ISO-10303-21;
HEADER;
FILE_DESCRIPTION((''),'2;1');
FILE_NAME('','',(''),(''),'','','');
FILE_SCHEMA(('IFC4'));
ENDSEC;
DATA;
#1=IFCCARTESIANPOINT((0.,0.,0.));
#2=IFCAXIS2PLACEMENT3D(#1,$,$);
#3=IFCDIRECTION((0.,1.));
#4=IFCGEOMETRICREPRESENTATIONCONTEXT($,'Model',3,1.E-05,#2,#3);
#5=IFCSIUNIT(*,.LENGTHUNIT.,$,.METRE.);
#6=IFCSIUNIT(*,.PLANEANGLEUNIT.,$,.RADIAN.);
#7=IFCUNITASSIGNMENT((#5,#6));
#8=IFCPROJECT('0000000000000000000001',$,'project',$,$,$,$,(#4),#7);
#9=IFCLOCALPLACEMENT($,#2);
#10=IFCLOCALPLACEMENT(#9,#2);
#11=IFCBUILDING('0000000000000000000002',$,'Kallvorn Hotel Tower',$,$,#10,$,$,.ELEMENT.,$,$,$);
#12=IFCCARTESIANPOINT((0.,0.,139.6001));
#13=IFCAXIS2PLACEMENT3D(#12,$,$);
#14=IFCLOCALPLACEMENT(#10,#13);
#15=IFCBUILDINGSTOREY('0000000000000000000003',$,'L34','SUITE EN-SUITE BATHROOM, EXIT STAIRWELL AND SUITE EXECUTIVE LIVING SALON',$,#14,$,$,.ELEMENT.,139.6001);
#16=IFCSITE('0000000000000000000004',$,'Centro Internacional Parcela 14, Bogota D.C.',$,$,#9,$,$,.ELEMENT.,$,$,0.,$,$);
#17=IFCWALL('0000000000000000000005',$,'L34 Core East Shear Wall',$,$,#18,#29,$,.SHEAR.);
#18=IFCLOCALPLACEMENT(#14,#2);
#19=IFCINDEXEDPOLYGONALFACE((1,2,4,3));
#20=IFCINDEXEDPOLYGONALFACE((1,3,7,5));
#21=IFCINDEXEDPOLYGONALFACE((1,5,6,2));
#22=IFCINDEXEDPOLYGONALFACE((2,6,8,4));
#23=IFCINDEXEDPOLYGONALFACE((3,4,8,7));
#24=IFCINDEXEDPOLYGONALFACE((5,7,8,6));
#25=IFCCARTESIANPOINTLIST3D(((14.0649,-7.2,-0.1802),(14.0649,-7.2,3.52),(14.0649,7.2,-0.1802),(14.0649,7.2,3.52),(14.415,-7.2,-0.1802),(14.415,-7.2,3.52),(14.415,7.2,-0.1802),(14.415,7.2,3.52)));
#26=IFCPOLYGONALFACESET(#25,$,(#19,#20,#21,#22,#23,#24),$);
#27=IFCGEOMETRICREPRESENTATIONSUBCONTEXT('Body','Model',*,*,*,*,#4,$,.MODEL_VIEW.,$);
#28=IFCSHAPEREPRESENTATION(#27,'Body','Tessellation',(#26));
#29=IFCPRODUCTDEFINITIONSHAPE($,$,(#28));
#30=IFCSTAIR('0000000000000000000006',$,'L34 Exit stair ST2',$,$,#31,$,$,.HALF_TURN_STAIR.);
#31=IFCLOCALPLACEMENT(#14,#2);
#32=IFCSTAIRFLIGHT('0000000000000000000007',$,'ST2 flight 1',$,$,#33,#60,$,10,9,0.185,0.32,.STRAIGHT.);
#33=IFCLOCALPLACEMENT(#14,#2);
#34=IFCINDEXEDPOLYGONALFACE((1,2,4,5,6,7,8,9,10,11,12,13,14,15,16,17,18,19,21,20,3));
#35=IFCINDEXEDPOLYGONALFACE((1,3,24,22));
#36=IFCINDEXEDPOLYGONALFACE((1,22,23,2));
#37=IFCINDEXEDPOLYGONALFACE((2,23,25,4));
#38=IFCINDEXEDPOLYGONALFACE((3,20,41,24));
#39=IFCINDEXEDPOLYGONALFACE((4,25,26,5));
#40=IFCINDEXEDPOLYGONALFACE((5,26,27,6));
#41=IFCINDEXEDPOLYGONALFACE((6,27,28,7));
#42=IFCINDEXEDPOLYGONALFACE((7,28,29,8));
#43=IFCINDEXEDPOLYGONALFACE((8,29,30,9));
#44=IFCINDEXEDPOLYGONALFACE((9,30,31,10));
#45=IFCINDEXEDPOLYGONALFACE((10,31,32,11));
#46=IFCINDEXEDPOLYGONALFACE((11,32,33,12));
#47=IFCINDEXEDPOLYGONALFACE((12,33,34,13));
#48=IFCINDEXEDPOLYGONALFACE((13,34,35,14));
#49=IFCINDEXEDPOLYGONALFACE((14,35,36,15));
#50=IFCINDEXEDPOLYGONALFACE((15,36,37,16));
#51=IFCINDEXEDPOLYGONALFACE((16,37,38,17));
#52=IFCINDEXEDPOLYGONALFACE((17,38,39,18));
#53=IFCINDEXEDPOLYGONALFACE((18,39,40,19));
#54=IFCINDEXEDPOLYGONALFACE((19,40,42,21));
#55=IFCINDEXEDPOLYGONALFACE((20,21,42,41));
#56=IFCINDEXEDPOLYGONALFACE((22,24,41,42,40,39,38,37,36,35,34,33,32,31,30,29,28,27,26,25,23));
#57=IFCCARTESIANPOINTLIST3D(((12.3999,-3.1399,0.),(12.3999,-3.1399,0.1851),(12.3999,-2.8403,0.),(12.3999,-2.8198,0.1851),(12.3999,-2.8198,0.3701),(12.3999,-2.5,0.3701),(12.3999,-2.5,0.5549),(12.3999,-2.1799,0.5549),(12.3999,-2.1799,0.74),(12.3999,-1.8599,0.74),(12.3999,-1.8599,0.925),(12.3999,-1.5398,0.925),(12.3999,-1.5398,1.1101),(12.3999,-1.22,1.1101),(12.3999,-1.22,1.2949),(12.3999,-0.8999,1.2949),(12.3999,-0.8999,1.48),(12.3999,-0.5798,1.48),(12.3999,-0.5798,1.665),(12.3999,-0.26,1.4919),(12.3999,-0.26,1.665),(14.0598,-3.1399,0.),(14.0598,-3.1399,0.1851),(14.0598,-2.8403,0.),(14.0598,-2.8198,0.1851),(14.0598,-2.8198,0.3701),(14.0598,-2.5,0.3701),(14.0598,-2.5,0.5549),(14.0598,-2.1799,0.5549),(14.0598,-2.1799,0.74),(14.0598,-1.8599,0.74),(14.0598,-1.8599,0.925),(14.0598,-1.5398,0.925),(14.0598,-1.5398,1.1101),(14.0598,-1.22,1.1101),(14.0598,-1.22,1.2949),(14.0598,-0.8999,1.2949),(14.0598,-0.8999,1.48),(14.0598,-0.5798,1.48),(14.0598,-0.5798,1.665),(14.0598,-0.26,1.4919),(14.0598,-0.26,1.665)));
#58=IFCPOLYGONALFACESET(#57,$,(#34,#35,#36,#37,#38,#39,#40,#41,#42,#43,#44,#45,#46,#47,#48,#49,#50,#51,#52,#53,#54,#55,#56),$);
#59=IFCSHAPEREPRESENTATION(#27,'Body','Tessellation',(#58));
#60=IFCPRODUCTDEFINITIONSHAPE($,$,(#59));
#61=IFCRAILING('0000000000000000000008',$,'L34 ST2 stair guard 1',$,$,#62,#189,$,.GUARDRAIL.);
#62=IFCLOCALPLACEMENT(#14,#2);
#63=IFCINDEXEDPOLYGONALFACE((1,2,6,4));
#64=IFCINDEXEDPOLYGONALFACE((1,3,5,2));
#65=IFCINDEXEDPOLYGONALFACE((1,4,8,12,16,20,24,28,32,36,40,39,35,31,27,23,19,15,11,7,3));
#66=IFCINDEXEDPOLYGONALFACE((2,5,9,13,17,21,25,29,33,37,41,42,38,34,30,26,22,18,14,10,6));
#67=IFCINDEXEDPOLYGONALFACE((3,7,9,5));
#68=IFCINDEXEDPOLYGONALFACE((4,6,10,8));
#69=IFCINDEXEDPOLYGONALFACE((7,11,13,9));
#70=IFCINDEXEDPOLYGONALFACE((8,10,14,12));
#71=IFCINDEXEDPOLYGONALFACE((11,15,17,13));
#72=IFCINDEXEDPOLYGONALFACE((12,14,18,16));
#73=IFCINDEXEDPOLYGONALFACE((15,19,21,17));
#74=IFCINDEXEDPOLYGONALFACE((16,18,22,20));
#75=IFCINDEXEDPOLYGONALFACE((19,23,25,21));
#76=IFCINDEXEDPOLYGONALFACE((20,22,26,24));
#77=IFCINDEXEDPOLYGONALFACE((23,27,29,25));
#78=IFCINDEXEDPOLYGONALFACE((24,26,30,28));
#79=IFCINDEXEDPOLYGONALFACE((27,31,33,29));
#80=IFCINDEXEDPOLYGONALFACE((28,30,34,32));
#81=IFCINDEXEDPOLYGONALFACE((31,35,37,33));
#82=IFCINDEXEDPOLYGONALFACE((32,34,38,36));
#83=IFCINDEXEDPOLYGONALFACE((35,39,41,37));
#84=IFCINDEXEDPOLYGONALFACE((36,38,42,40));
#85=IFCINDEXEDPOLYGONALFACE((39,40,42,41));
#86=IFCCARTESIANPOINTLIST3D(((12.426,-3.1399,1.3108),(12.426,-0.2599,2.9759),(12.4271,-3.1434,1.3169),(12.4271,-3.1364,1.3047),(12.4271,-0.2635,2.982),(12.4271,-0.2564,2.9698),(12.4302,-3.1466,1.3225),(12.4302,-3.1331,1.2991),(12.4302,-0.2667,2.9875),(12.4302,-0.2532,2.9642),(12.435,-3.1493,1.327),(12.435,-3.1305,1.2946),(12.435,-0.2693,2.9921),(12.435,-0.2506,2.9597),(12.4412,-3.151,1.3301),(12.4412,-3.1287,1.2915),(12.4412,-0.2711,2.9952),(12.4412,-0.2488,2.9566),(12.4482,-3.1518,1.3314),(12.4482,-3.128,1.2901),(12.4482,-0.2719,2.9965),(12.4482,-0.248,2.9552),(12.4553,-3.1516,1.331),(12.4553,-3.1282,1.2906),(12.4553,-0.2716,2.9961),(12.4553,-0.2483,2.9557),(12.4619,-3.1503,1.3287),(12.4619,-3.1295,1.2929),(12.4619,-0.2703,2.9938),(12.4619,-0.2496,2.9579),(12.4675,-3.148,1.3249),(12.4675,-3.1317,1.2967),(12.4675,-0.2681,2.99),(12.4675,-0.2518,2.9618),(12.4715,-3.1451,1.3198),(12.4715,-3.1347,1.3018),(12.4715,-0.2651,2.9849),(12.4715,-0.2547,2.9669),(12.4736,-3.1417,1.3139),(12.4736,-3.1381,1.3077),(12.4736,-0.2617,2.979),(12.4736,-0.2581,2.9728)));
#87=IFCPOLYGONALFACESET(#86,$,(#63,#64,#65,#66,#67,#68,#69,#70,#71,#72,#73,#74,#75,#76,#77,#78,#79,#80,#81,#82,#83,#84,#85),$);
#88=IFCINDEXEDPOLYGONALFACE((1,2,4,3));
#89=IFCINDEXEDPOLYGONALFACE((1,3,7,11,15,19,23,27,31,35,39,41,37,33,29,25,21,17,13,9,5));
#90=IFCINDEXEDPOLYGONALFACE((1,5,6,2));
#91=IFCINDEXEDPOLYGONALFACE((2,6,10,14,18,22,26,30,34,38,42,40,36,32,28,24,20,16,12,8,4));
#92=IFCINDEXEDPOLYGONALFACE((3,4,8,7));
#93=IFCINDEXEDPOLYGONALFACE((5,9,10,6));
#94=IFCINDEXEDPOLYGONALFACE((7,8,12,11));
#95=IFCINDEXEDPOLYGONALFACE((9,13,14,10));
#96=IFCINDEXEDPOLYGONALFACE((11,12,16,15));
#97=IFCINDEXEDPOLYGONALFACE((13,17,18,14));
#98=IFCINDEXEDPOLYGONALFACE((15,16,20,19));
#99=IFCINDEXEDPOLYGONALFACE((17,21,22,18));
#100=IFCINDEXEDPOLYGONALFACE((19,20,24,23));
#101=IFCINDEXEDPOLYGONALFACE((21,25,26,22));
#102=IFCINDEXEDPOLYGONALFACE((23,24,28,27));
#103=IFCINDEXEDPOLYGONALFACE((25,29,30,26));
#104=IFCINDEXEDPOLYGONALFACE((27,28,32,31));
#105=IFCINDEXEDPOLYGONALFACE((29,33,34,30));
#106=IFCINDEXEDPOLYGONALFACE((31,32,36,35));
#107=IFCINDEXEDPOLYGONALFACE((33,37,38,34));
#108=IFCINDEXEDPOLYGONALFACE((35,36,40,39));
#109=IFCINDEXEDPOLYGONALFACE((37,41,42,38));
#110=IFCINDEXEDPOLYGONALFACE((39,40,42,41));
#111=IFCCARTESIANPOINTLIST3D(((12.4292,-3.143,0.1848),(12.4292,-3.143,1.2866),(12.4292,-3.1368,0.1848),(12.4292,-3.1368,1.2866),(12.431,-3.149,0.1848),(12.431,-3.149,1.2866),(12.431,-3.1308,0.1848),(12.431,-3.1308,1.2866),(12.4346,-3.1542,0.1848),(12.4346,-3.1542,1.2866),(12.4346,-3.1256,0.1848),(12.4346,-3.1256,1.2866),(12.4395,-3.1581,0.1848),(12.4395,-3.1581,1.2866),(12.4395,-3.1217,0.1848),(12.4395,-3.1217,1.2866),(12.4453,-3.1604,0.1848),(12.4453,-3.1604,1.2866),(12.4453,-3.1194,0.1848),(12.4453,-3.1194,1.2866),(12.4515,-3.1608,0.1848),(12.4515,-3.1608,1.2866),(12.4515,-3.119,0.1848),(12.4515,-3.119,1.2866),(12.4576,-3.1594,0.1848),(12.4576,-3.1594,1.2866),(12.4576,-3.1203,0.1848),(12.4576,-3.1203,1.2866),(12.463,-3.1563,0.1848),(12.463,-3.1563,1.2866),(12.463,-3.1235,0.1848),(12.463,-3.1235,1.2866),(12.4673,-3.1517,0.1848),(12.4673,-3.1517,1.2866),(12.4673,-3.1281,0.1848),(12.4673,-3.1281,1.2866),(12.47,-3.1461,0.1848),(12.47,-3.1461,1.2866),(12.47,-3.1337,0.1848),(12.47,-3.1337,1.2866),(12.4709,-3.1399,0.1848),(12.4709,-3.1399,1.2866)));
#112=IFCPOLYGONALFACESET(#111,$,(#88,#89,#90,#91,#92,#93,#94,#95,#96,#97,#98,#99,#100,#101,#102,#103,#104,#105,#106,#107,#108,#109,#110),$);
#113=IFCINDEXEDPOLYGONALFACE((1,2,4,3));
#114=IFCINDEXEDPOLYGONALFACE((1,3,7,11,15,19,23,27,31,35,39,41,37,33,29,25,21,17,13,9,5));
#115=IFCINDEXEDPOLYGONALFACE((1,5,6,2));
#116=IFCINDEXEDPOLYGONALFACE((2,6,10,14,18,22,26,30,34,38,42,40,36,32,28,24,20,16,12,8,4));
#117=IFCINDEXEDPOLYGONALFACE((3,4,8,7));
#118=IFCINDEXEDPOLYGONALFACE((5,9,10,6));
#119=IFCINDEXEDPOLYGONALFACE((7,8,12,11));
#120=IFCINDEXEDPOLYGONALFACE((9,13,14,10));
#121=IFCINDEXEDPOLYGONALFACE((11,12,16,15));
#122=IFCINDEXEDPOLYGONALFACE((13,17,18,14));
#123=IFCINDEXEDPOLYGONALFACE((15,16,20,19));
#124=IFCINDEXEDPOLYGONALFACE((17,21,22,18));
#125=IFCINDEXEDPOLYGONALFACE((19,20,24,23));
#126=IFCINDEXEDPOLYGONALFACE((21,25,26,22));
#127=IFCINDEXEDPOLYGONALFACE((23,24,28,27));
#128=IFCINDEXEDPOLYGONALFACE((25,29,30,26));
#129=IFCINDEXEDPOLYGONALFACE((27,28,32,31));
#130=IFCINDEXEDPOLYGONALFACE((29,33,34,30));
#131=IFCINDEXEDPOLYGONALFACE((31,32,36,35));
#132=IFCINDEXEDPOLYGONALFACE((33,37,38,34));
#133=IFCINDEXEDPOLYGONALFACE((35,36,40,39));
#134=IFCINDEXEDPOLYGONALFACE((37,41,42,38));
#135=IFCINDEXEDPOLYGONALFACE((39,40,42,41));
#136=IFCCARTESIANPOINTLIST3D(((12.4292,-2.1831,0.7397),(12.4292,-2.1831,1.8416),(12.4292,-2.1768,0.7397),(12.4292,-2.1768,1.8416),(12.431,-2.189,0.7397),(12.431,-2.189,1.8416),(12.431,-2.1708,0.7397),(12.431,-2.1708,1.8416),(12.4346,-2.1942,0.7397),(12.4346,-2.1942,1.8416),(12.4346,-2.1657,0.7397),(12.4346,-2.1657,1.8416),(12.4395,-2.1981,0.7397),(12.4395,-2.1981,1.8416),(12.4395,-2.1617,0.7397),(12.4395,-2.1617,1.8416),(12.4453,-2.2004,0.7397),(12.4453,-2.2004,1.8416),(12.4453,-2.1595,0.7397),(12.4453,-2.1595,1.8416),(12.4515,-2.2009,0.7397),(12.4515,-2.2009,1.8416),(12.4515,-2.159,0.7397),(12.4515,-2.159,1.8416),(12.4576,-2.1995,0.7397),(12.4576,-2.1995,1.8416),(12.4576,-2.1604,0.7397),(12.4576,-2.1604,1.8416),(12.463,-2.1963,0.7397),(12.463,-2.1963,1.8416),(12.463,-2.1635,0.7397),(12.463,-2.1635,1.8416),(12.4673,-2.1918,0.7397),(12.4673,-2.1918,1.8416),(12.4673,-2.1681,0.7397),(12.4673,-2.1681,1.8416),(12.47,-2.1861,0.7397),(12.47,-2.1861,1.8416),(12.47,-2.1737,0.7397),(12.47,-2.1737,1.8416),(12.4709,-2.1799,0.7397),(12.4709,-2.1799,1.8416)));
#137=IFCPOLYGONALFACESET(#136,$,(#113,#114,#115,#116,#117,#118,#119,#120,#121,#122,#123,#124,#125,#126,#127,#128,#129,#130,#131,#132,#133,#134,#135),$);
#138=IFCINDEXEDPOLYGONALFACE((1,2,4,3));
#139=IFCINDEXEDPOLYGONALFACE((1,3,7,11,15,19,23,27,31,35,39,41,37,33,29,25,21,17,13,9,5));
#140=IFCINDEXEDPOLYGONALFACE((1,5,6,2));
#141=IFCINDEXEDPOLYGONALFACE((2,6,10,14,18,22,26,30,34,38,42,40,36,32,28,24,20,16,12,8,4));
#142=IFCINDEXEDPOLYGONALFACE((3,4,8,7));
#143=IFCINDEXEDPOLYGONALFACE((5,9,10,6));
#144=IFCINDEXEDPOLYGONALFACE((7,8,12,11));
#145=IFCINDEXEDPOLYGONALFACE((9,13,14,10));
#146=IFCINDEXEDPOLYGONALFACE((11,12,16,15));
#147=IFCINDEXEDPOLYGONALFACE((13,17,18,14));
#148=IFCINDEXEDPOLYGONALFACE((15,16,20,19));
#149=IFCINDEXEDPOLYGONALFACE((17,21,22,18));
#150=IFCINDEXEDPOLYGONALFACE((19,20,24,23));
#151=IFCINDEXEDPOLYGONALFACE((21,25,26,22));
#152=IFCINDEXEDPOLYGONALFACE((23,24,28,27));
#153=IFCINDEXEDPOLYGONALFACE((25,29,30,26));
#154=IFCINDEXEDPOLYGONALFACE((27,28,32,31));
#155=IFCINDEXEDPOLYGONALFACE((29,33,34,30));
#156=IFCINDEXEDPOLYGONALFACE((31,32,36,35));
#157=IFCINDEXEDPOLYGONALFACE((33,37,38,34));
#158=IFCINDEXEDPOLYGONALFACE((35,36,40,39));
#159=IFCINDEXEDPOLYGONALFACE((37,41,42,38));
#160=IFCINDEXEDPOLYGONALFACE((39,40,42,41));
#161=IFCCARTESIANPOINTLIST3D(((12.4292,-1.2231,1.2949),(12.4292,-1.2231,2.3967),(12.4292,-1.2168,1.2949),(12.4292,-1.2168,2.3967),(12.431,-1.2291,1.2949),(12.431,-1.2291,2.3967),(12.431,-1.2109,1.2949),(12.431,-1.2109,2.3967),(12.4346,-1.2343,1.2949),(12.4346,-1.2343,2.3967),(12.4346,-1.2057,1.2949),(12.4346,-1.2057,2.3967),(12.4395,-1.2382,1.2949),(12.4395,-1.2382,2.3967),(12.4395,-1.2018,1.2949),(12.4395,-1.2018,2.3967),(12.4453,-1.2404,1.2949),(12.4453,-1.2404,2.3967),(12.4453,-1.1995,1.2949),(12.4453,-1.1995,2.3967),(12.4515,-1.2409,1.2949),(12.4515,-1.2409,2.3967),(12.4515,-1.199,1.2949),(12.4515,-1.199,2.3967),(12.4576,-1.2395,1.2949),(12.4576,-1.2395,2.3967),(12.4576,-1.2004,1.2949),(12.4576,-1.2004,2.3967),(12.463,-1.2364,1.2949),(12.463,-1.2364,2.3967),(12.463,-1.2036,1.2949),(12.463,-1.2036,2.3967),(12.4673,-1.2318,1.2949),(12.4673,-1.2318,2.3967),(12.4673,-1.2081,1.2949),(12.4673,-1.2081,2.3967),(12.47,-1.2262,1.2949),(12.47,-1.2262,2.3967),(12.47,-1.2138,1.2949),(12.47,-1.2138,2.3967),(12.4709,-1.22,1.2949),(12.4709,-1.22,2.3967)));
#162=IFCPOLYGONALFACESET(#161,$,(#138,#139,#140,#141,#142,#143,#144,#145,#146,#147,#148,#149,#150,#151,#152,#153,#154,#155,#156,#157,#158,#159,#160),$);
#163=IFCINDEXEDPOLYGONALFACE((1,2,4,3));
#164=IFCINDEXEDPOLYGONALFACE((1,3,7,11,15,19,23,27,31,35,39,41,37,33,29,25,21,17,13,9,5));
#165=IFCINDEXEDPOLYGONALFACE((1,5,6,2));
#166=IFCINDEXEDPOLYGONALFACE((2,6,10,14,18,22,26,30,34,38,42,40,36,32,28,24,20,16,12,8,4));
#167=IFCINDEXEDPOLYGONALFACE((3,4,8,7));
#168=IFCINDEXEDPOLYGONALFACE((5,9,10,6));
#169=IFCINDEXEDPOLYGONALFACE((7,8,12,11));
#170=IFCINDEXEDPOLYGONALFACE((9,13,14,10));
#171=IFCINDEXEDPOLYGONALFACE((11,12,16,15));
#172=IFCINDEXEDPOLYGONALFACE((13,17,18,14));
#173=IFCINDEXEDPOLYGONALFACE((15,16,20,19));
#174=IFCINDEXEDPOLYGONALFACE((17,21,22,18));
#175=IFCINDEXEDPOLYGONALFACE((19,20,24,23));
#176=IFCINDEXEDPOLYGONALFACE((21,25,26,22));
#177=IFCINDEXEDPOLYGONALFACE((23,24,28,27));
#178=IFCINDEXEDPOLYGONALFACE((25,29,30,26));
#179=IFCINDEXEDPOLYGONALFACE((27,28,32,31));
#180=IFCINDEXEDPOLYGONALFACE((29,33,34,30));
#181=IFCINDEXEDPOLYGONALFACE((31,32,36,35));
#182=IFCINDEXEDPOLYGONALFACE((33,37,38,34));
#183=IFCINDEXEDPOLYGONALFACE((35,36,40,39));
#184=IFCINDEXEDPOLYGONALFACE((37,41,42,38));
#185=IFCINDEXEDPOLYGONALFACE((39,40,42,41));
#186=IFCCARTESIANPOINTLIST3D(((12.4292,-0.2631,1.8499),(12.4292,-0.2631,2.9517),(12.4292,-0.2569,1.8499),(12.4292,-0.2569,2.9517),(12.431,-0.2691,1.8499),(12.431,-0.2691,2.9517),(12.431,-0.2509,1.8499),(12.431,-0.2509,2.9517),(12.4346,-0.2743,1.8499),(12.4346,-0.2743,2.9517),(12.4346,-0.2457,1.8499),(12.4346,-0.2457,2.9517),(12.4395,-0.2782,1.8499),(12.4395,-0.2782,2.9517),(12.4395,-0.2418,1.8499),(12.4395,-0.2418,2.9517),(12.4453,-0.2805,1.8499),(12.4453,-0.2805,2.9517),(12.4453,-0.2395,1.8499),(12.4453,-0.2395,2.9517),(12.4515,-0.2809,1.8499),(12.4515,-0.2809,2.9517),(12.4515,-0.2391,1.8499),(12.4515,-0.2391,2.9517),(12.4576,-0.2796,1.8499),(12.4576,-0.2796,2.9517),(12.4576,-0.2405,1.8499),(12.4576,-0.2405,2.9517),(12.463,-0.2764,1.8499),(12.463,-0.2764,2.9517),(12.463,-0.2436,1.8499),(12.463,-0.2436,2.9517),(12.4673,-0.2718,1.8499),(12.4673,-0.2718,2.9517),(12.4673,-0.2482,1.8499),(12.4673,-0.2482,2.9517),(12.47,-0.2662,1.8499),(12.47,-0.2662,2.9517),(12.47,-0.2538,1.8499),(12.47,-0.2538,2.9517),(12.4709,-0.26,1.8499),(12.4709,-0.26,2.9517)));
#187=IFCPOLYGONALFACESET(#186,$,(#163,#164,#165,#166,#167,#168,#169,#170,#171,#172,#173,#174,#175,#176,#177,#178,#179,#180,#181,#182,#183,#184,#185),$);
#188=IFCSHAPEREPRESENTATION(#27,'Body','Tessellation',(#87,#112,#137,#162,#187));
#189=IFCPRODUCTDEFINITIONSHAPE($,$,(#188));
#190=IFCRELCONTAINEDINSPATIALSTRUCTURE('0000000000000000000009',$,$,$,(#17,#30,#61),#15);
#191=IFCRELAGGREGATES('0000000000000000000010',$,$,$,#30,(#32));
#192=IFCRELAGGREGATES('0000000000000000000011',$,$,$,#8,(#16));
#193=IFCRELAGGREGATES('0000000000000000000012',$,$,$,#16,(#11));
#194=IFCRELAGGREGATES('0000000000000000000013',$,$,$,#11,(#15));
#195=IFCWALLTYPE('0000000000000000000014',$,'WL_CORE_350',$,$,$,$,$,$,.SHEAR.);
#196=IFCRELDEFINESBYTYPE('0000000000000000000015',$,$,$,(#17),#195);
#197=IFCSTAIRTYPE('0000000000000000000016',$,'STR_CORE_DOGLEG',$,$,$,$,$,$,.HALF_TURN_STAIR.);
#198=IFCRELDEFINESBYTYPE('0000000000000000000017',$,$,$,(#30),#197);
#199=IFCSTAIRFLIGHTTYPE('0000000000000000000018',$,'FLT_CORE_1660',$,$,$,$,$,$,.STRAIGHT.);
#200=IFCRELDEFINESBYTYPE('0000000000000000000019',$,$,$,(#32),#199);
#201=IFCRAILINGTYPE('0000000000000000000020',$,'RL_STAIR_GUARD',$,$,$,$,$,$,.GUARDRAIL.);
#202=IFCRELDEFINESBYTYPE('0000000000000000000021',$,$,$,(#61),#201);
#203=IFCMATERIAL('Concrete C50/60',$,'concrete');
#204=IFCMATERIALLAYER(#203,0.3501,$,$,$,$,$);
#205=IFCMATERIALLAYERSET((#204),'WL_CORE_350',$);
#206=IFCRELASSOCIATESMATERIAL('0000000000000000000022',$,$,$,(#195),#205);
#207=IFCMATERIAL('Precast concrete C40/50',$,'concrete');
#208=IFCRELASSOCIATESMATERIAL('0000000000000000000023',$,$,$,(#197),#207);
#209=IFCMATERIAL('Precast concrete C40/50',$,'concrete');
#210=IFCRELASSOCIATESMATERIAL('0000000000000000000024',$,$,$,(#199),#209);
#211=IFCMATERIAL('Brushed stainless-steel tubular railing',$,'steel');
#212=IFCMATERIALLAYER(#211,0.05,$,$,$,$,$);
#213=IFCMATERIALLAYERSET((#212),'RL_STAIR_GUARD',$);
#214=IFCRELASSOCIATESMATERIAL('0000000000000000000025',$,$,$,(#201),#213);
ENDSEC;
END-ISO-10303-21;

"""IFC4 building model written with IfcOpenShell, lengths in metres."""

from ifc_helpers import new_model, si_unit, direction, frame, frame_2d, origin, origin_2d, place, context, subcontext, project, spatial, polyline, rectangle, circle, outline, extrude, material, layer, layer_set, type_object, element, aggregate, save


model = new_model("IFC4")

# Units and contexts
model_context = context("Model", 3, precision=1e-05, world=origin(), true_north=direction((0.0, 1.0)))
body_context = subcontext(model_context, "Body", "Model", "MODEL_VIEW")
ifc_project = project(units=[si_unit("LENGTHUNIT", "METRE"), si_unit("PLANEANGLEUNIT", "RADIAN")], contexts=[model_context])

# Site, building, storey
site_placement = place(None, origin())
site = spatial("IfcSite", under=ifc_project, at=site_placement, Name="Centro Internacional Parcela 14, Bogota D.C.", CompositionType="ELEMENT", RefElevation=0.0)
building_placement = place(site_placement, origin())
building = spatial("IfcBuilding", under=site, at=building_placement, Name="Kallvorn Hotel Tower", CompositionType="ELEMENT")
storey_placement = place(building_placement, frame((0.0, 0.0, 139.6001)))
storey = spatial("IfcBuildingStorey", under=building, at=storey_placement, Name="L34", Description="SUITE EN-SUITE BATHROOM, EXIT STAIRWELL AND SUITE EXECUTIVE LIVING SALON", CompositionType="ELEMENT", Elevation=139.6001)

# Wall
ifc_material_1 = material(Name="Concrete C50/60", Category="concrete")
ifc_layer_1 = layer(ifc_material_1, 0.3501)
ifc_layer_set_1 = layer_set([ifc_layer_1], Name="WL_CORE_350")
wall_type = type_object("IfcWallType", Name="WL_CORE_350", PredefinedType="SHEAR", material=ifc_layer_set_1)
wall_placement = place(storey_placement, frame((14.24, -7.2, -0.1802), z_axis=(0.0, 0.0, 1.0), x_axis=(0.0, 1.0, 0.0)))
element("IfcWall", 1, at=wall_placement, inside=storey, type_object=wall_type, Name="L34 Core East Shear Wall", PredefinedType="SHEAR", context=body_context, shape_type="SweptSolid", body=[
    extrude(rectangle(XDim=14.3999, YDim=0.3501, at=frame_2d((7.2, 0.0))), origin(), (0.0, 0.0, 1.0), 3.7002),
])

# Stair, stair flight
ifc_material_2 = material(Name="Precast concrete C40/50", Category="concrete")
stair_type = type_object("IfcStairType", Name="STR_CORE_DOGLEG", PredefinedType="HALF_TURN_STAIR", material=ifc_material_2)
stair_placement = place(storey_placement, origin())
stair = element("IfcStair", 2, at=stair_placement, inside=storey, type_object=stair_type, Name="L34 Exit stair ST2", PredefinedType="HALF_TURN_STAIR")
ifc_material_3 = material(Name="Precast concrete C40/50", Category="concrete")
stair_flight_type = type_object("IfcStairFlightType", Name="FLT_CORE_1660", PredefinedType="STRAIGHT", material=ifc_material_3)
stair_flight_placement = place(storey_placement, frame((13.23, -3.1399, 0.0), z_axis=(0.0, 0.0, 1.0), x_axis=(0.0, 1.0, 0.0)))
stair_flight = element("IfcStairFlight", 3, at=stair_flight_placement, type_object=stair_flight_type, Name="ST2 flight 1", NumberOfRisers=10, NumberOfTreads=9, PredefinedType="STRAIGHT", RiserHeight=0.185, TreadLength=0.32, context=body_context, shape_type="SweptSolid", body=[
    extrude(outline(polyline([(0.0, 0.0), (0.0, 0.1851), (0.3201, 0.1851), (0.3201, 0.3701), (0.6399, 0.3701), (0.6399, 0.5549), (0.96, 0.5549), (0.96, 0.74), (1.28, 0.74), (1.28, 0.925), (1.6001, 0.925), (1.6001, 1.1101), (1.9199, 1.1101), (1.9199, 1.2949), (2.24, 1.2949), (2.24, 1.48), (2.5601, 1.48), (2.5601, 1.665), (2.8799, 1.665), (2.8799, 1.8501), (2.8799, 1.4919), (0.2996, 0.0), (0.0, 0.0)])), frame((0.0, 0.8301, 0.0), z_axis=(0.0, -1.0, 0.0), x_axis=(1.0, 0.0, 0.0)), (0.0, 0.0, 1.0), 1.6599),
])
aggregate(stair, [stair_flight])

# Railing
ifc_material_4 = material(Name="Brushed stainless-steel tubular railing", Category="steel")
ifc_layer_2 = layer(ifc_material_4, 0.05)
ifc_layer_set_2 = layer_set([ifc_layer_2], Name="RL_STAIR_GUARD")
railing_type_1 = type_object("IfcRailingType", Name="RL_STAIR_GUARD", PredefinedType="GUARDRAIL", material=ifc_layer_set_2)
railing_1_placement = place(storey_placement, frame((12.45, -3.1399, 0.1848)))
element("IfcRailing", 4, at=railing_1_placement, inside=storey, type_object=railing_type_1, Name="L34 ST2 stair guard 1", PredefinedType="GUARDRAIL", context=body_context, shape_type="SweptSolid", body=[
    extrude(circle(Radius=0.0239, at=origin_2d()), frame((0.0, 0.0, 1.126), z_axis=(0.0, 0.865721, 0.500527), x_axis=(-1.0, 0.0, 0.0)), (0.0, 0.0, 1.0), 3.3267),
    extrude(circle(Radius=0.021, at=origin_2d()), origin(), (0.0, 0.0, 1.0), 1.1018),
    extrude(circle(Radius=0.021, at=origin_2d()), frame((0.0, 0.96, 0.5549)), (0.0, 0.0, 1.0), 1.1018),
    extrude(circle(Radius=0.021, at=origin_2d()), frame((0.0, 1.9199, 1.1101)), (0.0, 0.0, 1.0), 1.1018),
    extrude(circle(Radius=0.021, at=origin_2d()), frame((0.0, 2.8799, 1.665)), (0.0, 0.0, 1.0), 1.1018),
])

save(model, "model.ifc")
